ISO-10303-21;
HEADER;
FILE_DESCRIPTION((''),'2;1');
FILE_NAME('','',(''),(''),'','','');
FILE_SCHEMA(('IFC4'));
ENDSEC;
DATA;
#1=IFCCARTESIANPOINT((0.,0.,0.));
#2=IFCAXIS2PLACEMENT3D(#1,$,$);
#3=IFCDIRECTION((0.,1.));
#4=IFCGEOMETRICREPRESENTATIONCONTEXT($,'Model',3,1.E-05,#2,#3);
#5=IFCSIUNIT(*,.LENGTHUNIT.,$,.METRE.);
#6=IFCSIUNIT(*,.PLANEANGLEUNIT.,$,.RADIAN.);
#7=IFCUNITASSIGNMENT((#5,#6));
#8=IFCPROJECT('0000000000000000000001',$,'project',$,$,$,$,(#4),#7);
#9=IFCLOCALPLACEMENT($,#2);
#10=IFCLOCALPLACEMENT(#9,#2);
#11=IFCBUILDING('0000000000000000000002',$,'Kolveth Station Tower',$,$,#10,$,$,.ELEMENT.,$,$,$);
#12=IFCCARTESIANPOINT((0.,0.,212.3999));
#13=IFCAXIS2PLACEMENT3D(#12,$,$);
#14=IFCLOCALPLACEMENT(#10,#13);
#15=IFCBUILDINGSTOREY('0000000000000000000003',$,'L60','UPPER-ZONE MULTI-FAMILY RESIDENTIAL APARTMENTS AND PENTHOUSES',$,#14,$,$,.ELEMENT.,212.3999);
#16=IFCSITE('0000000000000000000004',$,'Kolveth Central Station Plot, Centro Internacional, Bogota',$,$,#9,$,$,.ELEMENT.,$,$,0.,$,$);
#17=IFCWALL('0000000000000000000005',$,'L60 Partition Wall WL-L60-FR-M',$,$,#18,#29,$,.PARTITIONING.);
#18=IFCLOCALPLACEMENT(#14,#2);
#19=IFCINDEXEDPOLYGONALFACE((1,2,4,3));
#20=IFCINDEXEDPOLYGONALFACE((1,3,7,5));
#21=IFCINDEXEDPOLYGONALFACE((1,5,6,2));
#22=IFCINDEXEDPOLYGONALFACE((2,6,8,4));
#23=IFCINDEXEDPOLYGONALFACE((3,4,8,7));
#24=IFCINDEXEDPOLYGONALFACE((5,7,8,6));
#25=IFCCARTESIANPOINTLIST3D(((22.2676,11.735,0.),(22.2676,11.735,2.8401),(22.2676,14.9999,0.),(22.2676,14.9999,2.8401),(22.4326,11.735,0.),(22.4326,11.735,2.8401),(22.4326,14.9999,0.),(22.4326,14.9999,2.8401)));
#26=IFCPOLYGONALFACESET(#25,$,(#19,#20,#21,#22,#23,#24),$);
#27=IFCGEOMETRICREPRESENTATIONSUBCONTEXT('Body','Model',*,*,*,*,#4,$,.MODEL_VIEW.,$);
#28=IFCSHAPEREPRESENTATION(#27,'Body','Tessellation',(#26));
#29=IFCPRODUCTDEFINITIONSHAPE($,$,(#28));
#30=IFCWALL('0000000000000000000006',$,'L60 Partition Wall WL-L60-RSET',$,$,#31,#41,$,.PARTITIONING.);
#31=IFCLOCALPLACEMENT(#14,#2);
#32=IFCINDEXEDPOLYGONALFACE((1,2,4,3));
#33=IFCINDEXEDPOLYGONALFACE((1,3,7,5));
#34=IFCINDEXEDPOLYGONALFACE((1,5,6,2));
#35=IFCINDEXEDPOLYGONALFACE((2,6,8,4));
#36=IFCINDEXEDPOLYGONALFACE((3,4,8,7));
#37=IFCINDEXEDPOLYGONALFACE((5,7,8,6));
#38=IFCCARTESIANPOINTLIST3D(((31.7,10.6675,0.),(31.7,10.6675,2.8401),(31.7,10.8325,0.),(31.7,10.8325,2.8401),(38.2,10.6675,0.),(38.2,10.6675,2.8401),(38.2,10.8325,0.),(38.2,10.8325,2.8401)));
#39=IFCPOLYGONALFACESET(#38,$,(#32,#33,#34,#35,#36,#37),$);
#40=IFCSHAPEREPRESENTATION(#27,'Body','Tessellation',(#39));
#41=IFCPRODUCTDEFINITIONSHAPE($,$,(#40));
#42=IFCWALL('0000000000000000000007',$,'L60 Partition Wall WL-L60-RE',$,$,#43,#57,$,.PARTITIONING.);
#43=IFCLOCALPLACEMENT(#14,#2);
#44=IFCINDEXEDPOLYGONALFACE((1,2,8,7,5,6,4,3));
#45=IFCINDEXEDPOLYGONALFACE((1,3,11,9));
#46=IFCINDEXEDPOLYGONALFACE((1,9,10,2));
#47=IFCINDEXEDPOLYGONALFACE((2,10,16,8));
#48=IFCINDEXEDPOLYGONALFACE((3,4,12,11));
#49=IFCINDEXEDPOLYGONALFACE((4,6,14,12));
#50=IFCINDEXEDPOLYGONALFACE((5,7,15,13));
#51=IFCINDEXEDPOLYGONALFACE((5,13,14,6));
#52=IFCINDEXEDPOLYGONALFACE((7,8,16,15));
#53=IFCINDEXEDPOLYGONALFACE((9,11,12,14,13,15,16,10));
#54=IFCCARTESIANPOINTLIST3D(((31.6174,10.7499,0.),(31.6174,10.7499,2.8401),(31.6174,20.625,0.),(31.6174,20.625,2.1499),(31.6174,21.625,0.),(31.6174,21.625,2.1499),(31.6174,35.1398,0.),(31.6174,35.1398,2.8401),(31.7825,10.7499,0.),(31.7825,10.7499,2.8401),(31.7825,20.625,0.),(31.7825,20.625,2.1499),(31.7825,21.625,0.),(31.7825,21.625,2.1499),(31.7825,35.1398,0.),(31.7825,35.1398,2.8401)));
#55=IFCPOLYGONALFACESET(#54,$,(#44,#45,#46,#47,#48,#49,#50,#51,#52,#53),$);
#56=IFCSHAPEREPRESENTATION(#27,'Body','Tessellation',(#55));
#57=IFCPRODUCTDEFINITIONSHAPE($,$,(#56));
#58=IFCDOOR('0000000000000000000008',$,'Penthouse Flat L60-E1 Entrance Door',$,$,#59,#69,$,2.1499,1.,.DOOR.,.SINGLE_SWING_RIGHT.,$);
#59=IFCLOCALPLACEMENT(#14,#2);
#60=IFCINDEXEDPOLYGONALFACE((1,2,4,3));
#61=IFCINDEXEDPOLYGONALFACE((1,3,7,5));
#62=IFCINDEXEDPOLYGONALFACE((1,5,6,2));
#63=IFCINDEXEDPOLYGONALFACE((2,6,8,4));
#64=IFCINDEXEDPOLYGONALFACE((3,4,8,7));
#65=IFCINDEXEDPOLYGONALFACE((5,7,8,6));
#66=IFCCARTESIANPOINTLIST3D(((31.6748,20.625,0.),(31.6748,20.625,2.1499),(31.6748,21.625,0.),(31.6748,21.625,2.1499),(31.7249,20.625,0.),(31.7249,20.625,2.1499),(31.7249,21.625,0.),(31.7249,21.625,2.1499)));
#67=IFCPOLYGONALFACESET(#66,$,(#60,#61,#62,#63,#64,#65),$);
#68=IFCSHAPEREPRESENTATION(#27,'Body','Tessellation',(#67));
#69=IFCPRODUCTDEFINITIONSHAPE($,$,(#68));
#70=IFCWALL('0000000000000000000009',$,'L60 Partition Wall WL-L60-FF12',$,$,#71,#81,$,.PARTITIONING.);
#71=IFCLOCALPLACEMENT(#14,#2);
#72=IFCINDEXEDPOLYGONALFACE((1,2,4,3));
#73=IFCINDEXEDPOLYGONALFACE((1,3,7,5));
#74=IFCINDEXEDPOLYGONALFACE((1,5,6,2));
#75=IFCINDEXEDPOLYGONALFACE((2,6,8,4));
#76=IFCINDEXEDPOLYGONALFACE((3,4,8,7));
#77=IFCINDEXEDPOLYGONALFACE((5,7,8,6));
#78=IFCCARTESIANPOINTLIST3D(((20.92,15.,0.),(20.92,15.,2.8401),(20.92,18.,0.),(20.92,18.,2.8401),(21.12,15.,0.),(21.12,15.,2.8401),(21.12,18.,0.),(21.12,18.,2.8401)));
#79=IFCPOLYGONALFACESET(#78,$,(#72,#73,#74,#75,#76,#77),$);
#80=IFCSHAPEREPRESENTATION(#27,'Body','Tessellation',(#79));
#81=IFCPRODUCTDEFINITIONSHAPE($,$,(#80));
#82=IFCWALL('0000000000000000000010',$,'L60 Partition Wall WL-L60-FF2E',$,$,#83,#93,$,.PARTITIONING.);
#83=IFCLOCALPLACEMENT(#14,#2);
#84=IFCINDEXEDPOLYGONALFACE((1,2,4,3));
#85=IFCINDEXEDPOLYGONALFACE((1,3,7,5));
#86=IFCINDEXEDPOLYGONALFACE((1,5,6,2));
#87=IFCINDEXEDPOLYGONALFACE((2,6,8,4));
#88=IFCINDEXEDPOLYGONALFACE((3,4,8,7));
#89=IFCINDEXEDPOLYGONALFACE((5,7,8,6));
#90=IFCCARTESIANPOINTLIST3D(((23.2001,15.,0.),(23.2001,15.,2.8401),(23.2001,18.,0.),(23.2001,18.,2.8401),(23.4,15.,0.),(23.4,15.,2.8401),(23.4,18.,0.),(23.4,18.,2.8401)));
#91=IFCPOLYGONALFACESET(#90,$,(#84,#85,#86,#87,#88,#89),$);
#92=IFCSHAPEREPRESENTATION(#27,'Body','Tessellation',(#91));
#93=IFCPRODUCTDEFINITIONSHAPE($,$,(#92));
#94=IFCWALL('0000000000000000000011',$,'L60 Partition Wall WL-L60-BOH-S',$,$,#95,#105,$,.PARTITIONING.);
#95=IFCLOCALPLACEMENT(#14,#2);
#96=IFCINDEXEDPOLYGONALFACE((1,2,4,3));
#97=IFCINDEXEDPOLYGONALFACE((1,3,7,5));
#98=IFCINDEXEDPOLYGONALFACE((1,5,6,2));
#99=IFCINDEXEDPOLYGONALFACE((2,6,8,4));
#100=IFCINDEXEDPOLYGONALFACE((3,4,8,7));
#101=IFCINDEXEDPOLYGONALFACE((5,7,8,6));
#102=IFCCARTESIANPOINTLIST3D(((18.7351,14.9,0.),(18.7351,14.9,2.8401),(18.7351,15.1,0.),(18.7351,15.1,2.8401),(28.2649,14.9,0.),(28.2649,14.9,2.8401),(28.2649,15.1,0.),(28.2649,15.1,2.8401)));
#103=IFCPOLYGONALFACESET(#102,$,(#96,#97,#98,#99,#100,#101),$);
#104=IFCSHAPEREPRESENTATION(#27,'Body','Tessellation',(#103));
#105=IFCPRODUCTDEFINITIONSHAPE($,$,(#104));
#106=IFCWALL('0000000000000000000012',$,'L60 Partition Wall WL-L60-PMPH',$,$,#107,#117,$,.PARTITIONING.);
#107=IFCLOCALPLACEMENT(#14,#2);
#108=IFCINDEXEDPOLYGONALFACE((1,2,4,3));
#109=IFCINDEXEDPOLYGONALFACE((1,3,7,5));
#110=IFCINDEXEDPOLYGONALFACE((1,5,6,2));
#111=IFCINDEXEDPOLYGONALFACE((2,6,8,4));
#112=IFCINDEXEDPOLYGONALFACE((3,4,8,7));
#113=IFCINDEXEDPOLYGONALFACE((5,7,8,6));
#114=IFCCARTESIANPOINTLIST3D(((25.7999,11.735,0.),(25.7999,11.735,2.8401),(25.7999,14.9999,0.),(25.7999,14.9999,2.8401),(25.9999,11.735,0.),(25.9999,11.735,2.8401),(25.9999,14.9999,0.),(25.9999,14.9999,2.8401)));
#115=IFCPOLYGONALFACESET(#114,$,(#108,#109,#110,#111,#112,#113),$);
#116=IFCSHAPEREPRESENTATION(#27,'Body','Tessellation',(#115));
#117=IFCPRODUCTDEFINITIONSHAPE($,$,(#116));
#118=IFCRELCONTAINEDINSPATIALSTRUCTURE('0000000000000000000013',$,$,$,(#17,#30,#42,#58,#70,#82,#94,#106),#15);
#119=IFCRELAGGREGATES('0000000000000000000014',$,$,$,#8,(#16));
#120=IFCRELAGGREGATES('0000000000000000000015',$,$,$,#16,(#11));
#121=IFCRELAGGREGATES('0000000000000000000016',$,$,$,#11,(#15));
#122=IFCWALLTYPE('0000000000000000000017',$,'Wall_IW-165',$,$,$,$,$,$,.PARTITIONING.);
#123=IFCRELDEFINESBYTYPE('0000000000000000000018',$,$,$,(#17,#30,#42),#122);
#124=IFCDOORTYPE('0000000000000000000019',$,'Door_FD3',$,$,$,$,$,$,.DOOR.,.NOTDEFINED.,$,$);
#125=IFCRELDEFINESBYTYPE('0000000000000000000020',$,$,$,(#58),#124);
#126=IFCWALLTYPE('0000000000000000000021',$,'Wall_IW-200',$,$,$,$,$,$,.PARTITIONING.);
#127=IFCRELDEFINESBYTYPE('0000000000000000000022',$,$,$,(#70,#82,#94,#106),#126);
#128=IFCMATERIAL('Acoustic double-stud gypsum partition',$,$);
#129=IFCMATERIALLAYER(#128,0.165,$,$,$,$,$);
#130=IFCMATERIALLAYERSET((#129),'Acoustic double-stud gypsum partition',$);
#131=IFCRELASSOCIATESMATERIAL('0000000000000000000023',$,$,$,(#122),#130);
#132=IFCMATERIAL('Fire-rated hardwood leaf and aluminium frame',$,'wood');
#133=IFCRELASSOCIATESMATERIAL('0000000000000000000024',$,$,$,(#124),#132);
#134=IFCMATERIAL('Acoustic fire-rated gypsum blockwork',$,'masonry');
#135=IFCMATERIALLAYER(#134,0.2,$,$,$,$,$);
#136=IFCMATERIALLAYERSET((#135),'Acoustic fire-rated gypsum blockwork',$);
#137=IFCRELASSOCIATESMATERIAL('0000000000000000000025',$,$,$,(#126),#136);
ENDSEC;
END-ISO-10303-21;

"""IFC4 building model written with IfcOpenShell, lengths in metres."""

from ifc_helpers import new_model, si_unit, direction, frame, frame_2d, origin, place, context, subcontext, project, spatial, rectangle, extrude, material, layer, layer_set, type_object, element, fill, save


model = new_model("IFC4")

# Units and contexts
model_context = context("Model", 3, precision=1e-05, world=origin(), true_north=direction((0.0, 1.0)))
body_context = subcontext(model_context, "Body", "Model", "MODEL_VIEW")
ifc_project = project(units=[si_unit("LENGTHUNIT", "METRE"), si_unit("PLANEANGLEUNIT", "RADIAN")], contexts=[model_context])

# Site, building, storey
site_placement = place(None, origin())
site = spatial("IfcSite", under=ifc_project, at=site_placement, Name="Kolveth Central Station Plot, Centro Internacional, Bogota", CompositionType="ELEMENT", RefElevation=0.0)
building_placement = place(site_placement, origin())
building = spatial("IfcBuilding", under=site, at=building_placement, Name="Kolveth Station Tower", CompositionType="ELEMENT")
storey_placement = place(building_placement, frame((0.0, 0.0, 212.3999)))
storey = spatial("IfcBuildingStorey", under=building, at=storey_placement, Name="L60", Description="UPPER-ZONE MULTI-FAMILY RESIDENTIAL APARTMENTS AND PENTHOUSES", CompositionType="ELEMENT", Elevation=212.3999)

# Walls
ifc_material_1 = material(Name="Acoustic double-stud gypsum partition")
ifc_layer_1 = layer(ifc_material_1, 0.165)
ifc_layer_set_1 = layer_set([ifc_layer_1], Name="Acoustic double-stud gypsum partition")
wall_type_1 = type_object("IfcWallType", Name="Wall_IW-165", PredefinedType="PARTITIONING", material=ifc_layer_set_1)
wall_1_placement = place(storey_placement, frame((22.3501, 11.7351, 0.0), z_axis=(0.0, 0.0, 1.0), x_axis=(0.0, 1.0, 0.0)))
element("IfcWall", 1, at=wall_1_placement, inside=storey, type_object=wall_type_1, Name="L60 Partition Wall WL-L60-FR-M", PredefinedType="PARTITIONING", context=body_context, shape_type="SweptSolid", body=[
    extrude(rectangle(XDim=3.2649, YDim=0.165, at=frame_2d((1.6323, 0.0))), origin(), (0.0, 0.0, 1.0), 2.8401),
])
wall_2_placement = place(storey_placement, frame((31.7, 10.75, 0.0), z_axis=(0.0, 0.0, 1.0), x_axis=(1.0, 0.0, 0.0)))
element("IfcWall", 2, at=wall_2_placement, inside=storey, type_object=wall_type_1, Name="L60 Partition Wall WL-L60-RSET", PredefinedType="PARTITIONING", context=body_context, shape_type="SweptSolid", body=[
    extrude(rectangle(XDim=6.5, YDim=0.165, at=frame_2d((3.25, 0.0))), origin(), (0.0, 0.0, 1.0), 2.8401),
])

# Wall, opening, door
wall_3_placement = place(storey_placement, frame((31.7, 10.75, 0.0), z_axis=(0.0, 0.0, 1.0), x_axis=(0.0, 1.0, 0.0)))
wall_3 = element("IfcWall", 3, at=wall_3_placement, inside=storey, type_object=wall_type_1, Name="L60 Partition Wall WL-L60-RE", PredefinedType="PARTITIONING", context=body_context, shape_type="SweptSolid", body=[
    extrude(rectangle(XDim=24.3899, YDim=0.165, at=frame_2d((12.1948, 0.0))), origin(), (0.0, 0.0, 1.0), 2.8401),
])
opening_1_placement = place(wall_3_placement, frame((9.875, 0.0, 0.0)))
opening_1 = element("IfcOpeningElement", 4, at=opening_1_placement, cuts=wall_3, PredefinedType="OPENING", context=body_context, shape_type="SweptSolid", body=[
    extrude(rectangle(XDim=1.0, YDim=2.1499, at=frame_2d((0.5, 1.075))), frame((0.0, 0.0925, 0.0), z_axis=(0.0, -1.0, 0.0), x_axis=(1.0, 0.0, 0.0)), (0.0, 0.0, 1.0), 0.1851),
])
ifc_material_2 = material(Name="Fire-rated hardwood leaf and aluminium frame", Category="wood")
door_type_1 = type_object("IfcDoorType", Name="Door_FD3", OperationType="NOTDEFINED", PredefinedType="DOOR", material=ifc_material_2)
door_1_placement = place(opening_1_placement, frame((1.0, 0.0, 0.0), z_axis=(0.0, 0.0, 1.0), x_axis=(-1.0, 0.0, 0.0)))
door_1 = element("IfcDoor", 5, at=door_1_placement, inside=storey, type_object=door_type_1, Name="Penthouse Flat L60-E1 Entrance Door", OperationType="SINGLE_SWING_RIGHT", OverallHeight=2.1499, OverallWidth=1.0, PredefinedType="DOOR", context=body_context, shape_type="SweptSolid", body=[
    extrude(rectangle(XDim=1.0, YDim=2.1499, at=frame_2d((0.5, 1.075))), frame((0.0, 0.0249, 0.0), z_axis=(0.0, -1.0, 0.0), x_axis=(1.0, 0.0, 0.0)), (0.0, 0.0, 1.0), 0.05),
])
fill(opening_1, door_1)

# Walls
ifc_material_3 = material(Name="Acoustic fire-rated gypsum blockwork", Category="masonry")
ifc_layer_2 = layer(ifc_material_3, 0.2)
ifc_layer_set_2 = layer_set([ifc_layer_2], Name="Acoustic fire-rated gypsum blockwork")
wall_type_2 = type_object("IfcWallType", Name="Wall_IW-200", PredefinedType="PARTITIONING", material=ifc_layer_set_2)
for number, where, z_axis, x_axis, name in (
    (6, (21.02, 15.0, 0.0), (0.0, 0.0, 1.0), (0.0, 1.0, 0.0), "L60 Partition Wall WL-L60-FF12"),
    (7, (23.3, 15.0, 0.0), (0.0, 0.0, 1.0), (0.0, 1.0, 0.0), "L60 Partition Wall WL-L60-FF2E"),
):
    element("IfcWall", number, at=place(storey_placement, frame(where, z_axis=z_axis, x_axis=x_axis)), inside=storey, type_object=wall_type_2, Name=name, PredefinedType="PARTITIONING", context=body_context, shape_type="SweptSolid", body=[
        extrude(rectangle(XDim=3.0, YDim=0.2, at=frame_2d((1.5, 0.0))), origin(), (0.0, 0.0, 1.0), 2.8401),
    ])
wall_4_placement = place(storey_placement, frame((18.7351, 15.0, 0.0), z_axis=(0.0, 0.0, 1.0), x_axis=(1.0, 0.0, 0.0)))
element("IfcWall", 8, at=wall_4_placement, inside=storey, type_object=wall_type_2, Name="L60 Partition Wall WL-L60-BOH-S", PredefinedType="PARTITIONING", context=body_context, shape_type="SweptSolid", body=[
    extrude(rectangle(XDim=9.5298, YDim=0.2, at=frame_2d((4.7649, 0.0))), origin(), (0.0, 0.0, 1.0), 2.8401),
])
wall_5_placement = place(storey_placement, frame((25.8999, 11.7351, 0.0), z_axis=(0.0, 0.0, 1.0), x_axis=(0.0, 1.0, 0.0)))
element("IfcWall", 9, at=wall_5_placement, inside=storey, type_object=wall_type_2, Name="L60 Partition Wall WL-L60-PMPH", PredefinedType="PARTITIONING", context=body_context, shape_type="SweptSolid", body=[
    extrude(rectangle(XDim=3.2649, YDim=0.2, at=frame_2d((1.6323, 0.0))), origin(), (0.0, 0.0, 1.0), 2.8401),
])

save(model, "model.ifc")
